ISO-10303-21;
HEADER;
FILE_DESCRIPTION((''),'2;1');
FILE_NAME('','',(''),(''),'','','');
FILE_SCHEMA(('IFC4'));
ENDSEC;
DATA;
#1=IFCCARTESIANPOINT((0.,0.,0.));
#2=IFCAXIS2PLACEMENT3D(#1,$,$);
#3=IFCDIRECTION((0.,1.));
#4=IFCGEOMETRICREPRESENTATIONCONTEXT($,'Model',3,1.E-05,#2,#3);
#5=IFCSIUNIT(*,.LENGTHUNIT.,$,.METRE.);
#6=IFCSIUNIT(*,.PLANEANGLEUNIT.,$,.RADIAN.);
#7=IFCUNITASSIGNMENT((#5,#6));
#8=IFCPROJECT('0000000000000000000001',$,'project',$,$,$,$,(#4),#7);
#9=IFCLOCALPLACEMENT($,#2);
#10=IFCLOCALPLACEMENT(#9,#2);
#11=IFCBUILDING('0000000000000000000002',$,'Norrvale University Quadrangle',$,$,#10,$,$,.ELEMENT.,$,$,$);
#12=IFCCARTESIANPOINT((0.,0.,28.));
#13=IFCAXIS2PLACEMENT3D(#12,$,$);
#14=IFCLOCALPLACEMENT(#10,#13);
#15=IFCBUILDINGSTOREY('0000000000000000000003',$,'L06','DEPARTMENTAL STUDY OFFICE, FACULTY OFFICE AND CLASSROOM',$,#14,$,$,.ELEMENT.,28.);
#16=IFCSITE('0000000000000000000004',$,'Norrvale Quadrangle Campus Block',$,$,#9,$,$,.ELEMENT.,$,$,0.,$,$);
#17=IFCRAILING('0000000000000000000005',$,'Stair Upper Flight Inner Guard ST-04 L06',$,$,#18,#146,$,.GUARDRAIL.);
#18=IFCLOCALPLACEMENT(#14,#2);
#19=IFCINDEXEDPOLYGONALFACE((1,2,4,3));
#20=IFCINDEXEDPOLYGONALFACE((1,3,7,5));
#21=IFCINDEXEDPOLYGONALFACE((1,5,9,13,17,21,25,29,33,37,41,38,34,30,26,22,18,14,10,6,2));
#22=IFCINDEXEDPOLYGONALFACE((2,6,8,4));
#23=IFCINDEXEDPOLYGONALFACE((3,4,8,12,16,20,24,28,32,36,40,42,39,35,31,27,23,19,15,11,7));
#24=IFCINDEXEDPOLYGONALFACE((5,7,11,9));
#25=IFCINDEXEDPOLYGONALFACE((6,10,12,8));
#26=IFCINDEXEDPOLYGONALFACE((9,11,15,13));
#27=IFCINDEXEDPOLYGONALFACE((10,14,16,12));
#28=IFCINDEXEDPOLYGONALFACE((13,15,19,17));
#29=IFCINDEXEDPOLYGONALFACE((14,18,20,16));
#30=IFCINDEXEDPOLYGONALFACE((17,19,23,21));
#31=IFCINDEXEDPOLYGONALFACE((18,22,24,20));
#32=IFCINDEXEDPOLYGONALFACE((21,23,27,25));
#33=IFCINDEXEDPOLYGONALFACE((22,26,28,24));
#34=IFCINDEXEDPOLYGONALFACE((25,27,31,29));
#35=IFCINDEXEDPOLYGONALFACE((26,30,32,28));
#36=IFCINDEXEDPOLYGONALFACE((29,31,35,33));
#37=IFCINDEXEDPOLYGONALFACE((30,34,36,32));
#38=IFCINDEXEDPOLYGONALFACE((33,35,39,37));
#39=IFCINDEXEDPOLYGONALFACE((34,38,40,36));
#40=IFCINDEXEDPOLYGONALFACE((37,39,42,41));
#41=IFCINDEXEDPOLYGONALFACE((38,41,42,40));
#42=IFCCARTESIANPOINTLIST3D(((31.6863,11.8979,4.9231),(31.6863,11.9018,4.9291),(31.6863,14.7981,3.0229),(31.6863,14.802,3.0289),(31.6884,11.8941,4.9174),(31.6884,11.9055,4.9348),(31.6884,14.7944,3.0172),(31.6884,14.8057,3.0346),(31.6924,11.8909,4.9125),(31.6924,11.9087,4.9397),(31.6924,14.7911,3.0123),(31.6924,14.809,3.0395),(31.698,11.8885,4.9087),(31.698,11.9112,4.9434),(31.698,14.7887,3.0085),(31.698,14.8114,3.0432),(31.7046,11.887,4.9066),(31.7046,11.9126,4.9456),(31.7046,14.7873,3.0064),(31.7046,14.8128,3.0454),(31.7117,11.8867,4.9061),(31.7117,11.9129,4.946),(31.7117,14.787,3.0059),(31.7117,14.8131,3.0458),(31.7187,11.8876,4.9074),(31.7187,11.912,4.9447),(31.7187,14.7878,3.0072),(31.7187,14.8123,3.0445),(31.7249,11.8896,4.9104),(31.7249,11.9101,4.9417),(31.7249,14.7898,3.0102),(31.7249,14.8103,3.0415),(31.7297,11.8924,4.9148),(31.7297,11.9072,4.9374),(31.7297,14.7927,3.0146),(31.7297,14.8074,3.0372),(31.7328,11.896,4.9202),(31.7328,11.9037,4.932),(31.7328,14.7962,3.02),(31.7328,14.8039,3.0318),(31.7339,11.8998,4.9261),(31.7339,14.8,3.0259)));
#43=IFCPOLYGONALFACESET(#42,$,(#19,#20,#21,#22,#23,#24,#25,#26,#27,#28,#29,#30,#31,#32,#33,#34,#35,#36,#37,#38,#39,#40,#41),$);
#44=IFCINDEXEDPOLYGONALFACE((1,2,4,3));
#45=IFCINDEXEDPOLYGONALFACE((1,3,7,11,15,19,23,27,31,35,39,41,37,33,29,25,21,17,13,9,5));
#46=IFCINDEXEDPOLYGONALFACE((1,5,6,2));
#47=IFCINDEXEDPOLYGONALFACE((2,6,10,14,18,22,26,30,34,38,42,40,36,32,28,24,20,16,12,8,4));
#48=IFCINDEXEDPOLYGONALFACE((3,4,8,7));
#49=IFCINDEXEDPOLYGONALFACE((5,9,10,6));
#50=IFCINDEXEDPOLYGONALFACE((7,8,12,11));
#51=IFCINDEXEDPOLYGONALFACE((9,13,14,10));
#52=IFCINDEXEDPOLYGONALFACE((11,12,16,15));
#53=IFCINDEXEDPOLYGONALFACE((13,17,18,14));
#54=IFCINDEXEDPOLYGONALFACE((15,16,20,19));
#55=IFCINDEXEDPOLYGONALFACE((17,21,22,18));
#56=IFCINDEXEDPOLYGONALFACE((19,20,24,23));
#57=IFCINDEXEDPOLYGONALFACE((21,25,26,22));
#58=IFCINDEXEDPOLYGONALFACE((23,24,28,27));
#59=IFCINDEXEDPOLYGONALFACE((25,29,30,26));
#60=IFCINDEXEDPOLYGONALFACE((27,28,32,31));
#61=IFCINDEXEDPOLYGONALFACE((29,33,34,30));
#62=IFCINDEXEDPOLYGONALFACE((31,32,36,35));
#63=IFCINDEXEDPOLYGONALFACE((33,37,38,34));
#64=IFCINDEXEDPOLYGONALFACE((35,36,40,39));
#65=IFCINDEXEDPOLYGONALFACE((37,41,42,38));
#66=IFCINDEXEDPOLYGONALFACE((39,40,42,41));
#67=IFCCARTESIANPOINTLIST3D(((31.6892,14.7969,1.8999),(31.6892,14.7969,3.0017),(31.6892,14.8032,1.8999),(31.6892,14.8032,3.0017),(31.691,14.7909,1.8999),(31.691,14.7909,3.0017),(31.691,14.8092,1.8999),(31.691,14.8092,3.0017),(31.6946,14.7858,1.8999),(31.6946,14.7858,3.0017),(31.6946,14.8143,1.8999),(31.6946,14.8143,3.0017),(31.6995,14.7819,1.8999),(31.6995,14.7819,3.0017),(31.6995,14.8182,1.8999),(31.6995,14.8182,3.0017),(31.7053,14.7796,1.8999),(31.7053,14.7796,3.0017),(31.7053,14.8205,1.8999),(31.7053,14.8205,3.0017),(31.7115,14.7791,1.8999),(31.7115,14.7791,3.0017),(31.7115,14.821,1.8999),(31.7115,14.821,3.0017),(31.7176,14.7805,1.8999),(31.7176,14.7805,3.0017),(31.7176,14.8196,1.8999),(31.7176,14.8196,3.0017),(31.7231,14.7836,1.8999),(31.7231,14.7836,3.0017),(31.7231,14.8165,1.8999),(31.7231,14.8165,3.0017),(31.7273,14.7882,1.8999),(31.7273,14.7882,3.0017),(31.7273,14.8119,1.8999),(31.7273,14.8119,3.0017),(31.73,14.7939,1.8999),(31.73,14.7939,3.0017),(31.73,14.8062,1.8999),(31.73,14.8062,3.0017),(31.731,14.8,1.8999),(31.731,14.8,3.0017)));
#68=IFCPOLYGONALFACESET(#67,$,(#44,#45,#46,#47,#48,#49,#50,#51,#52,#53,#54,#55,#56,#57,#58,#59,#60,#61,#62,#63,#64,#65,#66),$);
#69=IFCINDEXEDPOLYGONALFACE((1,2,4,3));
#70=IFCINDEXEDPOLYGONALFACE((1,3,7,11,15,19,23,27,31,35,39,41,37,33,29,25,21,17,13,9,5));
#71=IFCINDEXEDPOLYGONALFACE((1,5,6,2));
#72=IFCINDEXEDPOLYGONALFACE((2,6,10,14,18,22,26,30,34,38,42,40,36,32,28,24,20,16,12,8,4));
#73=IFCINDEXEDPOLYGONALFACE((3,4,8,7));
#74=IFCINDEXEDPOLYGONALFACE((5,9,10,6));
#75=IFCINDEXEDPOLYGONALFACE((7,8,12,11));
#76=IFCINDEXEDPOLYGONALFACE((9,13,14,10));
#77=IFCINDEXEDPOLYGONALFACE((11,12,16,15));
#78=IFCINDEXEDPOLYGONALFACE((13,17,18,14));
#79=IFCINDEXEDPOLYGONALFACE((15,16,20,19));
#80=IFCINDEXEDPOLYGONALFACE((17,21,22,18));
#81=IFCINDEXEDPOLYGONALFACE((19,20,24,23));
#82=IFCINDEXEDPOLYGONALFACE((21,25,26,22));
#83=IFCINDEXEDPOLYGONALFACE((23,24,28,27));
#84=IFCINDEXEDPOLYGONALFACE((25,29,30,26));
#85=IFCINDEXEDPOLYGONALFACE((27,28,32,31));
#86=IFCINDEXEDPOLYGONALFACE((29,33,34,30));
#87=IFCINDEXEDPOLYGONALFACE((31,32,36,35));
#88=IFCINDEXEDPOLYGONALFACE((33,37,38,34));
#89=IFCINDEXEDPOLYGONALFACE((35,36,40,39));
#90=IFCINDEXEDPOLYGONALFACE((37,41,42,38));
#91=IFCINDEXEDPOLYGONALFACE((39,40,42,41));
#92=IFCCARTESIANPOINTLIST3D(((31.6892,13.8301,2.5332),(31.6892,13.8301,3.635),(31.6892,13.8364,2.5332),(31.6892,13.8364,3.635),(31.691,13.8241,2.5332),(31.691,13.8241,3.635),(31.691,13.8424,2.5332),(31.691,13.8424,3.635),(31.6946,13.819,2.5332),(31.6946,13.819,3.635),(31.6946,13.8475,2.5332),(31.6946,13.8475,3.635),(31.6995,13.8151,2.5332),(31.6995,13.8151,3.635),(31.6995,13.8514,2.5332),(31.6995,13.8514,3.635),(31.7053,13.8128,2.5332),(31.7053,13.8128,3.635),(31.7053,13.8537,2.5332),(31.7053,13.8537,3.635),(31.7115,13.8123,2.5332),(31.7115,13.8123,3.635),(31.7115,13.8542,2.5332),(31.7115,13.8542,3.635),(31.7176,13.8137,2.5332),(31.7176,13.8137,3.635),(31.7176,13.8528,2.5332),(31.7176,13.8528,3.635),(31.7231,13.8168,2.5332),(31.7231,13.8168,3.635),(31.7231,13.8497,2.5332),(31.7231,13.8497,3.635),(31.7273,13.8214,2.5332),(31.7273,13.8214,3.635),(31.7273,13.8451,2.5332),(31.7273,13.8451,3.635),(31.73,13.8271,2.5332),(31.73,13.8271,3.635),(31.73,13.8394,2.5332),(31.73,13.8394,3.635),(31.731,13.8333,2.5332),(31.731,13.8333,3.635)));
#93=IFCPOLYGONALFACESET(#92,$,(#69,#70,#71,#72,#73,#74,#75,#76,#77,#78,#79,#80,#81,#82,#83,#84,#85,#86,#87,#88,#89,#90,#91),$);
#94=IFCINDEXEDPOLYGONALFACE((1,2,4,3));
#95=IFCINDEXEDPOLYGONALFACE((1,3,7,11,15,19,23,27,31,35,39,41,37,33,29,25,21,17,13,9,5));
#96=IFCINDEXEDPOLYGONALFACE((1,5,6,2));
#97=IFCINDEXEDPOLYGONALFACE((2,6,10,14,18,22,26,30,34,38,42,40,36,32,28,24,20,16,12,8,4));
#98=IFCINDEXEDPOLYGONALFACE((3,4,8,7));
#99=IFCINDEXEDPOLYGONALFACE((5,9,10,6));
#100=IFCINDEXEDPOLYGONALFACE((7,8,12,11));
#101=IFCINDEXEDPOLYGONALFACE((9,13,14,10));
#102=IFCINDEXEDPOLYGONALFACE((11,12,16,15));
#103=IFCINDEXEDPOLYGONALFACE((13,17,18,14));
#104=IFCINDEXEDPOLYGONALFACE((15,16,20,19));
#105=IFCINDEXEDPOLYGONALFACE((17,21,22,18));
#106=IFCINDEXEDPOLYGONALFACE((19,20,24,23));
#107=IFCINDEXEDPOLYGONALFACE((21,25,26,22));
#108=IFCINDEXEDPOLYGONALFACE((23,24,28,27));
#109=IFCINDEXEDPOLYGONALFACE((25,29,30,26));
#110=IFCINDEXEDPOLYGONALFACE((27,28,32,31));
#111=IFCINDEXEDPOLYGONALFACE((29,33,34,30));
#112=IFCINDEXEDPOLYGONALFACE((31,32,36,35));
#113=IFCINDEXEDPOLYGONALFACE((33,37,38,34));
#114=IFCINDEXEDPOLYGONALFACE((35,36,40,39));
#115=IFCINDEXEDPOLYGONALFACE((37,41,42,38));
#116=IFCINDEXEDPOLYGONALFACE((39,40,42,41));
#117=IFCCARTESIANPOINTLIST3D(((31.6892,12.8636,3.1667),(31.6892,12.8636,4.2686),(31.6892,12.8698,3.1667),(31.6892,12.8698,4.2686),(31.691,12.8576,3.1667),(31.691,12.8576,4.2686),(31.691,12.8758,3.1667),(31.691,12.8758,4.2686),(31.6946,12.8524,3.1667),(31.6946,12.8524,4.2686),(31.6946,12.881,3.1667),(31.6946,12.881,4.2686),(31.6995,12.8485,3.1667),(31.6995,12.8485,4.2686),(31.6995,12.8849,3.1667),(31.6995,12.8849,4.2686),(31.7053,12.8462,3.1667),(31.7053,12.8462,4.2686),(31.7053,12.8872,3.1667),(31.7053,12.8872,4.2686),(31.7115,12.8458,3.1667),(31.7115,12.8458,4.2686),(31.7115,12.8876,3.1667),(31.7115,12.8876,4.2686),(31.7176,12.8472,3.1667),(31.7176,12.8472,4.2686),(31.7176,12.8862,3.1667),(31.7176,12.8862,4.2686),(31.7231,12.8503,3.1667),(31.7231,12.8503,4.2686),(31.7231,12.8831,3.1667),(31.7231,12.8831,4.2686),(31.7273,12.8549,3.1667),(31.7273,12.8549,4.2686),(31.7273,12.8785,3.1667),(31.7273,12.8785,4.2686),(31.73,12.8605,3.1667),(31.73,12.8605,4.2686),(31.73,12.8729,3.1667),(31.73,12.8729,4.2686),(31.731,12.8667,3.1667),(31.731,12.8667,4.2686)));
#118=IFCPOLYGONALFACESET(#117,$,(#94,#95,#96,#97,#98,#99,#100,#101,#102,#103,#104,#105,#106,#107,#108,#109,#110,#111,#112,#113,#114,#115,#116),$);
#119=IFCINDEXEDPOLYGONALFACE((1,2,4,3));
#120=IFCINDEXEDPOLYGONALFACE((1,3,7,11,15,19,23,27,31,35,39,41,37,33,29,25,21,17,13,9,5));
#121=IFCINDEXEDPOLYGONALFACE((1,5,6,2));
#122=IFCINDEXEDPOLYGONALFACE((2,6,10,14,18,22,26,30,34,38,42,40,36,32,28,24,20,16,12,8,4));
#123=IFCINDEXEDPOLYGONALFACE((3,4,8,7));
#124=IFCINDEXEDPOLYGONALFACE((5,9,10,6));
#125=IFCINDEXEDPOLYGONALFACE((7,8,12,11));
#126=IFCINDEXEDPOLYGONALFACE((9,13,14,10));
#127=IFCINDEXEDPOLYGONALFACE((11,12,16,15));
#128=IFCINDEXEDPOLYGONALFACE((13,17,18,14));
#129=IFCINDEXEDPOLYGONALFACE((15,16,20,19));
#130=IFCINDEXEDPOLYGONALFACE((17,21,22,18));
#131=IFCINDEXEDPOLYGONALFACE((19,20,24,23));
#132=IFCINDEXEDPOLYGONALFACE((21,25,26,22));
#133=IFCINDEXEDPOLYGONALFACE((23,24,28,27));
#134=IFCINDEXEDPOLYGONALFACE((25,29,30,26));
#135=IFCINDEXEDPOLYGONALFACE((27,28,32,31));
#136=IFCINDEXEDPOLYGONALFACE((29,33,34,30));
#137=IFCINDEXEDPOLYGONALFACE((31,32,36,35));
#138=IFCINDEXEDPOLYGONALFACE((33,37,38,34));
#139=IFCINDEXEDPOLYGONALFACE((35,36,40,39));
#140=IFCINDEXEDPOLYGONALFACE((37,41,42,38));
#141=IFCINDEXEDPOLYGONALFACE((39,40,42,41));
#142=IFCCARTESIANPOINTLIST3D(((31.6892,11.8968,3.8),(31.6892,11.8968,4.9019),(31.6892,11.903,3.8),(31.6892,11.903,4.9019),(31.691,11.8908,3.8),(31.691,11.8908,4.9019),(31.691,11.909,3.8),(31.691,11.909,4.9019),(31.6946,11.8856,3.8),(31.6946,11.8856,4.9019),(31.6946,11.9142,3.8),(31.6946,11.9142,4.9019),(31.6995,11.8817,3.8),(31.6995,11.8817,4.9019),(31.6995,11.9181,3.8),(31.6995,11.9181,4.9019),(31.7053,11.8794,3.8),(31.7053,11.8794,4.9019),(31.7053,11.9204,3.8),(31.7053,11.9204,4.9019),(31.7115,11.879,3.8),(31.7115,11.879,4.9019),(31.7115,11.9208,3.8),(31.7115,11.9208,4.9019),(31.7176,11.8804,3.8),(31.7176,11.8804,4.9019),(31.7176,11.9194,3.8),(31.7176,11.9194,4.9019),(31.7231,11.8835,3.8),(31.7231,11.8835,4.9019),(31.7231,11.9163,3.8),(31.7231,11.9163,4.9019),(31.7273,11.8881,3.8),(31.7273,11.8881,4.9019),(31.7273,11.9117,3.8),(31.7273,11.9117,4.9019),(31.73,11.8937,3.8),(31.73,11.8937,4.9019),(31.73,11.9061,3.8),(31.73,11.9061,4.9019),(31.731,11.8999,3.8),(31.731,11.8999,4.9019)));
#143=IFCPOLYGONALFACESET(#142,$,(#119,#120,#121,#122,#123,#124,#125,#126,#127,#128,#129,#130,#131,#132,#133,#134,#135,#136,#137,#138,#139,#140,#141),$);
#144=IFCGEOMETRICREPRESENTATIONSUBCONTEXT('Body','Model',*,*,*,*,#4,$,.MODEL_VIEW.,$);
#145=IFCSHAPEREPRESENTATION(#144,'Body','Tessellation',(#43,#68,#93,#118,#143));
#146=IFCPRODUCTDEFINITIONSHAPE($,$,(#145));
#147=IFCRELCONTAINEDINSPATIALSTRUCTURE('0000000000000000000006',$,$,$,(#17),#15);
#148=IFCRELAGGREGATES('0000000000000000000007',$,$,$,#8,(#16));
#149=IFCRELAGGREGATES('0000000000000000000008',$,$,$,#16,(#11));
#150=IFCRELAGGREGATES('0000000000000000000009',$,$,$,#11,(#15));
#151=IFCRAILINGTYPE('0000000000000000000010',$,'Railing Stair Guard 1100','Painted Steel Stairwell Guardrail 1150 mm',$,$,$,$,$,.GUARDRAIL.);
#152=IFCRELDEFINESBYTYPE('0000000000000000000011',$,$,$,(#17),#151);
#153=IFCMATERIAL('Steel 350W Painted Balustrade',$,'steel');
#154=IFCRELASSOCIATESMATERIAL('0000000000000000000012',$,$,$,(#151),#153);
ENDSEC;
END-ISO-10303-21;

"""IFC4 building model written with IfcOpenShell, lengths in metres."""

from ifc_helpers import new_model, si_unit, direction, frame, origin, origin_2d, place, context, subcontext, project, spatial, circle, extrude, material, type_object, element, save


model = new_model("IFC4")

# Units and contexts
model_context = context("Model", 3, precision=1e-05, world=origin(), true_north=direction((0.0, 1.0)))
body_context = subcontext(model_context, "Body", "Model", "MODEL_VIEW")
ifc_project = project(units=[si_unit("LENGTHUNIT", "METRE"), si_unit("PLANEANGLEUNIT", "RADIAN")], contexts=[model_context])

# Site, building, storey
site_placement = place(None, origin())
site = spatial("IfcSite", under=ifc_project, at=site_placement, Name="Norrvale Quadrangle Campus Block", CompositionType="ELEMENT", RefElevation=0.0)
building_placement = place(site_placement, origin())
building = spatial("IfcBuilding", under=site, at=building_placement, Name="Norrvale University Quadrangle", CompositionType="ELEMENT")
storey_placement = place(building_placement, frame((0.0, 0.0, 28.0)))
storey = spatial("IfcBuildingStorey", under=building, at=storey_placement, Name="L06", Description="DEPARTMENTAL STUDY OFFICE, FACULTY OFFICE AND CLASSROOM", CompositionType="ELEMENT", Elevation=28.0)

# Railing
ifc_material_1 = material(Name="Steel 350W Painted Balustrade", Category="steel")
railing_type_1 = type_object("IfcRailingType", Name="Railing Stair Guard 1100", Description="Painted Steel Stairwell Guardrail 1150 mm", PredefinedType="GUARDRAIL", material=ifc_material_1)
railing_1_placement = place(storey_placement, frame((31.71, 14.8, 1.8999)))
element("IfcRailing", 1, at=railing_1_placement, inside=storey, type_object=railing_type_1, Name="Stair Upper Flight Inner Guard ST-04 L06", PredefinedType="GUARDRAIL", context=body_context, shape_type="SweptSolid", body=[
    extrude(circle(Radius=0.0239, at=origin_2d()), frame((0.0, 0.0, 1.126), z_axis=(0.0, -0.836454, 0.548036), x_axis=(1.0, 0.0, 0.0)), (0.0, 0.0, 1.0), 3.4673),
    extrude(circle(Radius=0.021, at=origin_2d()), origin(), (0.0, 0.0, 1.0), 1.1018),
    extrude(circle(Radius=0.021, at=origin_2d()), frame((0.0, -0.9668, 0.6333)), (0.0, 0.0, 1.0), 1.1018),
    extrude(circle(Radius=0.021, at=origin_2d()), frame((0.0, -1.9333, 1.2668)), (0.0, 0.0, 1.0), 1.1018),
    extrude(circle(Radius=0.021, at=origin_2d()), frame((0.0, -2.9001, 1.9001)), (0.0, 0.0, 1.0), 1.1018),
])

save(model, "model.ifc")
